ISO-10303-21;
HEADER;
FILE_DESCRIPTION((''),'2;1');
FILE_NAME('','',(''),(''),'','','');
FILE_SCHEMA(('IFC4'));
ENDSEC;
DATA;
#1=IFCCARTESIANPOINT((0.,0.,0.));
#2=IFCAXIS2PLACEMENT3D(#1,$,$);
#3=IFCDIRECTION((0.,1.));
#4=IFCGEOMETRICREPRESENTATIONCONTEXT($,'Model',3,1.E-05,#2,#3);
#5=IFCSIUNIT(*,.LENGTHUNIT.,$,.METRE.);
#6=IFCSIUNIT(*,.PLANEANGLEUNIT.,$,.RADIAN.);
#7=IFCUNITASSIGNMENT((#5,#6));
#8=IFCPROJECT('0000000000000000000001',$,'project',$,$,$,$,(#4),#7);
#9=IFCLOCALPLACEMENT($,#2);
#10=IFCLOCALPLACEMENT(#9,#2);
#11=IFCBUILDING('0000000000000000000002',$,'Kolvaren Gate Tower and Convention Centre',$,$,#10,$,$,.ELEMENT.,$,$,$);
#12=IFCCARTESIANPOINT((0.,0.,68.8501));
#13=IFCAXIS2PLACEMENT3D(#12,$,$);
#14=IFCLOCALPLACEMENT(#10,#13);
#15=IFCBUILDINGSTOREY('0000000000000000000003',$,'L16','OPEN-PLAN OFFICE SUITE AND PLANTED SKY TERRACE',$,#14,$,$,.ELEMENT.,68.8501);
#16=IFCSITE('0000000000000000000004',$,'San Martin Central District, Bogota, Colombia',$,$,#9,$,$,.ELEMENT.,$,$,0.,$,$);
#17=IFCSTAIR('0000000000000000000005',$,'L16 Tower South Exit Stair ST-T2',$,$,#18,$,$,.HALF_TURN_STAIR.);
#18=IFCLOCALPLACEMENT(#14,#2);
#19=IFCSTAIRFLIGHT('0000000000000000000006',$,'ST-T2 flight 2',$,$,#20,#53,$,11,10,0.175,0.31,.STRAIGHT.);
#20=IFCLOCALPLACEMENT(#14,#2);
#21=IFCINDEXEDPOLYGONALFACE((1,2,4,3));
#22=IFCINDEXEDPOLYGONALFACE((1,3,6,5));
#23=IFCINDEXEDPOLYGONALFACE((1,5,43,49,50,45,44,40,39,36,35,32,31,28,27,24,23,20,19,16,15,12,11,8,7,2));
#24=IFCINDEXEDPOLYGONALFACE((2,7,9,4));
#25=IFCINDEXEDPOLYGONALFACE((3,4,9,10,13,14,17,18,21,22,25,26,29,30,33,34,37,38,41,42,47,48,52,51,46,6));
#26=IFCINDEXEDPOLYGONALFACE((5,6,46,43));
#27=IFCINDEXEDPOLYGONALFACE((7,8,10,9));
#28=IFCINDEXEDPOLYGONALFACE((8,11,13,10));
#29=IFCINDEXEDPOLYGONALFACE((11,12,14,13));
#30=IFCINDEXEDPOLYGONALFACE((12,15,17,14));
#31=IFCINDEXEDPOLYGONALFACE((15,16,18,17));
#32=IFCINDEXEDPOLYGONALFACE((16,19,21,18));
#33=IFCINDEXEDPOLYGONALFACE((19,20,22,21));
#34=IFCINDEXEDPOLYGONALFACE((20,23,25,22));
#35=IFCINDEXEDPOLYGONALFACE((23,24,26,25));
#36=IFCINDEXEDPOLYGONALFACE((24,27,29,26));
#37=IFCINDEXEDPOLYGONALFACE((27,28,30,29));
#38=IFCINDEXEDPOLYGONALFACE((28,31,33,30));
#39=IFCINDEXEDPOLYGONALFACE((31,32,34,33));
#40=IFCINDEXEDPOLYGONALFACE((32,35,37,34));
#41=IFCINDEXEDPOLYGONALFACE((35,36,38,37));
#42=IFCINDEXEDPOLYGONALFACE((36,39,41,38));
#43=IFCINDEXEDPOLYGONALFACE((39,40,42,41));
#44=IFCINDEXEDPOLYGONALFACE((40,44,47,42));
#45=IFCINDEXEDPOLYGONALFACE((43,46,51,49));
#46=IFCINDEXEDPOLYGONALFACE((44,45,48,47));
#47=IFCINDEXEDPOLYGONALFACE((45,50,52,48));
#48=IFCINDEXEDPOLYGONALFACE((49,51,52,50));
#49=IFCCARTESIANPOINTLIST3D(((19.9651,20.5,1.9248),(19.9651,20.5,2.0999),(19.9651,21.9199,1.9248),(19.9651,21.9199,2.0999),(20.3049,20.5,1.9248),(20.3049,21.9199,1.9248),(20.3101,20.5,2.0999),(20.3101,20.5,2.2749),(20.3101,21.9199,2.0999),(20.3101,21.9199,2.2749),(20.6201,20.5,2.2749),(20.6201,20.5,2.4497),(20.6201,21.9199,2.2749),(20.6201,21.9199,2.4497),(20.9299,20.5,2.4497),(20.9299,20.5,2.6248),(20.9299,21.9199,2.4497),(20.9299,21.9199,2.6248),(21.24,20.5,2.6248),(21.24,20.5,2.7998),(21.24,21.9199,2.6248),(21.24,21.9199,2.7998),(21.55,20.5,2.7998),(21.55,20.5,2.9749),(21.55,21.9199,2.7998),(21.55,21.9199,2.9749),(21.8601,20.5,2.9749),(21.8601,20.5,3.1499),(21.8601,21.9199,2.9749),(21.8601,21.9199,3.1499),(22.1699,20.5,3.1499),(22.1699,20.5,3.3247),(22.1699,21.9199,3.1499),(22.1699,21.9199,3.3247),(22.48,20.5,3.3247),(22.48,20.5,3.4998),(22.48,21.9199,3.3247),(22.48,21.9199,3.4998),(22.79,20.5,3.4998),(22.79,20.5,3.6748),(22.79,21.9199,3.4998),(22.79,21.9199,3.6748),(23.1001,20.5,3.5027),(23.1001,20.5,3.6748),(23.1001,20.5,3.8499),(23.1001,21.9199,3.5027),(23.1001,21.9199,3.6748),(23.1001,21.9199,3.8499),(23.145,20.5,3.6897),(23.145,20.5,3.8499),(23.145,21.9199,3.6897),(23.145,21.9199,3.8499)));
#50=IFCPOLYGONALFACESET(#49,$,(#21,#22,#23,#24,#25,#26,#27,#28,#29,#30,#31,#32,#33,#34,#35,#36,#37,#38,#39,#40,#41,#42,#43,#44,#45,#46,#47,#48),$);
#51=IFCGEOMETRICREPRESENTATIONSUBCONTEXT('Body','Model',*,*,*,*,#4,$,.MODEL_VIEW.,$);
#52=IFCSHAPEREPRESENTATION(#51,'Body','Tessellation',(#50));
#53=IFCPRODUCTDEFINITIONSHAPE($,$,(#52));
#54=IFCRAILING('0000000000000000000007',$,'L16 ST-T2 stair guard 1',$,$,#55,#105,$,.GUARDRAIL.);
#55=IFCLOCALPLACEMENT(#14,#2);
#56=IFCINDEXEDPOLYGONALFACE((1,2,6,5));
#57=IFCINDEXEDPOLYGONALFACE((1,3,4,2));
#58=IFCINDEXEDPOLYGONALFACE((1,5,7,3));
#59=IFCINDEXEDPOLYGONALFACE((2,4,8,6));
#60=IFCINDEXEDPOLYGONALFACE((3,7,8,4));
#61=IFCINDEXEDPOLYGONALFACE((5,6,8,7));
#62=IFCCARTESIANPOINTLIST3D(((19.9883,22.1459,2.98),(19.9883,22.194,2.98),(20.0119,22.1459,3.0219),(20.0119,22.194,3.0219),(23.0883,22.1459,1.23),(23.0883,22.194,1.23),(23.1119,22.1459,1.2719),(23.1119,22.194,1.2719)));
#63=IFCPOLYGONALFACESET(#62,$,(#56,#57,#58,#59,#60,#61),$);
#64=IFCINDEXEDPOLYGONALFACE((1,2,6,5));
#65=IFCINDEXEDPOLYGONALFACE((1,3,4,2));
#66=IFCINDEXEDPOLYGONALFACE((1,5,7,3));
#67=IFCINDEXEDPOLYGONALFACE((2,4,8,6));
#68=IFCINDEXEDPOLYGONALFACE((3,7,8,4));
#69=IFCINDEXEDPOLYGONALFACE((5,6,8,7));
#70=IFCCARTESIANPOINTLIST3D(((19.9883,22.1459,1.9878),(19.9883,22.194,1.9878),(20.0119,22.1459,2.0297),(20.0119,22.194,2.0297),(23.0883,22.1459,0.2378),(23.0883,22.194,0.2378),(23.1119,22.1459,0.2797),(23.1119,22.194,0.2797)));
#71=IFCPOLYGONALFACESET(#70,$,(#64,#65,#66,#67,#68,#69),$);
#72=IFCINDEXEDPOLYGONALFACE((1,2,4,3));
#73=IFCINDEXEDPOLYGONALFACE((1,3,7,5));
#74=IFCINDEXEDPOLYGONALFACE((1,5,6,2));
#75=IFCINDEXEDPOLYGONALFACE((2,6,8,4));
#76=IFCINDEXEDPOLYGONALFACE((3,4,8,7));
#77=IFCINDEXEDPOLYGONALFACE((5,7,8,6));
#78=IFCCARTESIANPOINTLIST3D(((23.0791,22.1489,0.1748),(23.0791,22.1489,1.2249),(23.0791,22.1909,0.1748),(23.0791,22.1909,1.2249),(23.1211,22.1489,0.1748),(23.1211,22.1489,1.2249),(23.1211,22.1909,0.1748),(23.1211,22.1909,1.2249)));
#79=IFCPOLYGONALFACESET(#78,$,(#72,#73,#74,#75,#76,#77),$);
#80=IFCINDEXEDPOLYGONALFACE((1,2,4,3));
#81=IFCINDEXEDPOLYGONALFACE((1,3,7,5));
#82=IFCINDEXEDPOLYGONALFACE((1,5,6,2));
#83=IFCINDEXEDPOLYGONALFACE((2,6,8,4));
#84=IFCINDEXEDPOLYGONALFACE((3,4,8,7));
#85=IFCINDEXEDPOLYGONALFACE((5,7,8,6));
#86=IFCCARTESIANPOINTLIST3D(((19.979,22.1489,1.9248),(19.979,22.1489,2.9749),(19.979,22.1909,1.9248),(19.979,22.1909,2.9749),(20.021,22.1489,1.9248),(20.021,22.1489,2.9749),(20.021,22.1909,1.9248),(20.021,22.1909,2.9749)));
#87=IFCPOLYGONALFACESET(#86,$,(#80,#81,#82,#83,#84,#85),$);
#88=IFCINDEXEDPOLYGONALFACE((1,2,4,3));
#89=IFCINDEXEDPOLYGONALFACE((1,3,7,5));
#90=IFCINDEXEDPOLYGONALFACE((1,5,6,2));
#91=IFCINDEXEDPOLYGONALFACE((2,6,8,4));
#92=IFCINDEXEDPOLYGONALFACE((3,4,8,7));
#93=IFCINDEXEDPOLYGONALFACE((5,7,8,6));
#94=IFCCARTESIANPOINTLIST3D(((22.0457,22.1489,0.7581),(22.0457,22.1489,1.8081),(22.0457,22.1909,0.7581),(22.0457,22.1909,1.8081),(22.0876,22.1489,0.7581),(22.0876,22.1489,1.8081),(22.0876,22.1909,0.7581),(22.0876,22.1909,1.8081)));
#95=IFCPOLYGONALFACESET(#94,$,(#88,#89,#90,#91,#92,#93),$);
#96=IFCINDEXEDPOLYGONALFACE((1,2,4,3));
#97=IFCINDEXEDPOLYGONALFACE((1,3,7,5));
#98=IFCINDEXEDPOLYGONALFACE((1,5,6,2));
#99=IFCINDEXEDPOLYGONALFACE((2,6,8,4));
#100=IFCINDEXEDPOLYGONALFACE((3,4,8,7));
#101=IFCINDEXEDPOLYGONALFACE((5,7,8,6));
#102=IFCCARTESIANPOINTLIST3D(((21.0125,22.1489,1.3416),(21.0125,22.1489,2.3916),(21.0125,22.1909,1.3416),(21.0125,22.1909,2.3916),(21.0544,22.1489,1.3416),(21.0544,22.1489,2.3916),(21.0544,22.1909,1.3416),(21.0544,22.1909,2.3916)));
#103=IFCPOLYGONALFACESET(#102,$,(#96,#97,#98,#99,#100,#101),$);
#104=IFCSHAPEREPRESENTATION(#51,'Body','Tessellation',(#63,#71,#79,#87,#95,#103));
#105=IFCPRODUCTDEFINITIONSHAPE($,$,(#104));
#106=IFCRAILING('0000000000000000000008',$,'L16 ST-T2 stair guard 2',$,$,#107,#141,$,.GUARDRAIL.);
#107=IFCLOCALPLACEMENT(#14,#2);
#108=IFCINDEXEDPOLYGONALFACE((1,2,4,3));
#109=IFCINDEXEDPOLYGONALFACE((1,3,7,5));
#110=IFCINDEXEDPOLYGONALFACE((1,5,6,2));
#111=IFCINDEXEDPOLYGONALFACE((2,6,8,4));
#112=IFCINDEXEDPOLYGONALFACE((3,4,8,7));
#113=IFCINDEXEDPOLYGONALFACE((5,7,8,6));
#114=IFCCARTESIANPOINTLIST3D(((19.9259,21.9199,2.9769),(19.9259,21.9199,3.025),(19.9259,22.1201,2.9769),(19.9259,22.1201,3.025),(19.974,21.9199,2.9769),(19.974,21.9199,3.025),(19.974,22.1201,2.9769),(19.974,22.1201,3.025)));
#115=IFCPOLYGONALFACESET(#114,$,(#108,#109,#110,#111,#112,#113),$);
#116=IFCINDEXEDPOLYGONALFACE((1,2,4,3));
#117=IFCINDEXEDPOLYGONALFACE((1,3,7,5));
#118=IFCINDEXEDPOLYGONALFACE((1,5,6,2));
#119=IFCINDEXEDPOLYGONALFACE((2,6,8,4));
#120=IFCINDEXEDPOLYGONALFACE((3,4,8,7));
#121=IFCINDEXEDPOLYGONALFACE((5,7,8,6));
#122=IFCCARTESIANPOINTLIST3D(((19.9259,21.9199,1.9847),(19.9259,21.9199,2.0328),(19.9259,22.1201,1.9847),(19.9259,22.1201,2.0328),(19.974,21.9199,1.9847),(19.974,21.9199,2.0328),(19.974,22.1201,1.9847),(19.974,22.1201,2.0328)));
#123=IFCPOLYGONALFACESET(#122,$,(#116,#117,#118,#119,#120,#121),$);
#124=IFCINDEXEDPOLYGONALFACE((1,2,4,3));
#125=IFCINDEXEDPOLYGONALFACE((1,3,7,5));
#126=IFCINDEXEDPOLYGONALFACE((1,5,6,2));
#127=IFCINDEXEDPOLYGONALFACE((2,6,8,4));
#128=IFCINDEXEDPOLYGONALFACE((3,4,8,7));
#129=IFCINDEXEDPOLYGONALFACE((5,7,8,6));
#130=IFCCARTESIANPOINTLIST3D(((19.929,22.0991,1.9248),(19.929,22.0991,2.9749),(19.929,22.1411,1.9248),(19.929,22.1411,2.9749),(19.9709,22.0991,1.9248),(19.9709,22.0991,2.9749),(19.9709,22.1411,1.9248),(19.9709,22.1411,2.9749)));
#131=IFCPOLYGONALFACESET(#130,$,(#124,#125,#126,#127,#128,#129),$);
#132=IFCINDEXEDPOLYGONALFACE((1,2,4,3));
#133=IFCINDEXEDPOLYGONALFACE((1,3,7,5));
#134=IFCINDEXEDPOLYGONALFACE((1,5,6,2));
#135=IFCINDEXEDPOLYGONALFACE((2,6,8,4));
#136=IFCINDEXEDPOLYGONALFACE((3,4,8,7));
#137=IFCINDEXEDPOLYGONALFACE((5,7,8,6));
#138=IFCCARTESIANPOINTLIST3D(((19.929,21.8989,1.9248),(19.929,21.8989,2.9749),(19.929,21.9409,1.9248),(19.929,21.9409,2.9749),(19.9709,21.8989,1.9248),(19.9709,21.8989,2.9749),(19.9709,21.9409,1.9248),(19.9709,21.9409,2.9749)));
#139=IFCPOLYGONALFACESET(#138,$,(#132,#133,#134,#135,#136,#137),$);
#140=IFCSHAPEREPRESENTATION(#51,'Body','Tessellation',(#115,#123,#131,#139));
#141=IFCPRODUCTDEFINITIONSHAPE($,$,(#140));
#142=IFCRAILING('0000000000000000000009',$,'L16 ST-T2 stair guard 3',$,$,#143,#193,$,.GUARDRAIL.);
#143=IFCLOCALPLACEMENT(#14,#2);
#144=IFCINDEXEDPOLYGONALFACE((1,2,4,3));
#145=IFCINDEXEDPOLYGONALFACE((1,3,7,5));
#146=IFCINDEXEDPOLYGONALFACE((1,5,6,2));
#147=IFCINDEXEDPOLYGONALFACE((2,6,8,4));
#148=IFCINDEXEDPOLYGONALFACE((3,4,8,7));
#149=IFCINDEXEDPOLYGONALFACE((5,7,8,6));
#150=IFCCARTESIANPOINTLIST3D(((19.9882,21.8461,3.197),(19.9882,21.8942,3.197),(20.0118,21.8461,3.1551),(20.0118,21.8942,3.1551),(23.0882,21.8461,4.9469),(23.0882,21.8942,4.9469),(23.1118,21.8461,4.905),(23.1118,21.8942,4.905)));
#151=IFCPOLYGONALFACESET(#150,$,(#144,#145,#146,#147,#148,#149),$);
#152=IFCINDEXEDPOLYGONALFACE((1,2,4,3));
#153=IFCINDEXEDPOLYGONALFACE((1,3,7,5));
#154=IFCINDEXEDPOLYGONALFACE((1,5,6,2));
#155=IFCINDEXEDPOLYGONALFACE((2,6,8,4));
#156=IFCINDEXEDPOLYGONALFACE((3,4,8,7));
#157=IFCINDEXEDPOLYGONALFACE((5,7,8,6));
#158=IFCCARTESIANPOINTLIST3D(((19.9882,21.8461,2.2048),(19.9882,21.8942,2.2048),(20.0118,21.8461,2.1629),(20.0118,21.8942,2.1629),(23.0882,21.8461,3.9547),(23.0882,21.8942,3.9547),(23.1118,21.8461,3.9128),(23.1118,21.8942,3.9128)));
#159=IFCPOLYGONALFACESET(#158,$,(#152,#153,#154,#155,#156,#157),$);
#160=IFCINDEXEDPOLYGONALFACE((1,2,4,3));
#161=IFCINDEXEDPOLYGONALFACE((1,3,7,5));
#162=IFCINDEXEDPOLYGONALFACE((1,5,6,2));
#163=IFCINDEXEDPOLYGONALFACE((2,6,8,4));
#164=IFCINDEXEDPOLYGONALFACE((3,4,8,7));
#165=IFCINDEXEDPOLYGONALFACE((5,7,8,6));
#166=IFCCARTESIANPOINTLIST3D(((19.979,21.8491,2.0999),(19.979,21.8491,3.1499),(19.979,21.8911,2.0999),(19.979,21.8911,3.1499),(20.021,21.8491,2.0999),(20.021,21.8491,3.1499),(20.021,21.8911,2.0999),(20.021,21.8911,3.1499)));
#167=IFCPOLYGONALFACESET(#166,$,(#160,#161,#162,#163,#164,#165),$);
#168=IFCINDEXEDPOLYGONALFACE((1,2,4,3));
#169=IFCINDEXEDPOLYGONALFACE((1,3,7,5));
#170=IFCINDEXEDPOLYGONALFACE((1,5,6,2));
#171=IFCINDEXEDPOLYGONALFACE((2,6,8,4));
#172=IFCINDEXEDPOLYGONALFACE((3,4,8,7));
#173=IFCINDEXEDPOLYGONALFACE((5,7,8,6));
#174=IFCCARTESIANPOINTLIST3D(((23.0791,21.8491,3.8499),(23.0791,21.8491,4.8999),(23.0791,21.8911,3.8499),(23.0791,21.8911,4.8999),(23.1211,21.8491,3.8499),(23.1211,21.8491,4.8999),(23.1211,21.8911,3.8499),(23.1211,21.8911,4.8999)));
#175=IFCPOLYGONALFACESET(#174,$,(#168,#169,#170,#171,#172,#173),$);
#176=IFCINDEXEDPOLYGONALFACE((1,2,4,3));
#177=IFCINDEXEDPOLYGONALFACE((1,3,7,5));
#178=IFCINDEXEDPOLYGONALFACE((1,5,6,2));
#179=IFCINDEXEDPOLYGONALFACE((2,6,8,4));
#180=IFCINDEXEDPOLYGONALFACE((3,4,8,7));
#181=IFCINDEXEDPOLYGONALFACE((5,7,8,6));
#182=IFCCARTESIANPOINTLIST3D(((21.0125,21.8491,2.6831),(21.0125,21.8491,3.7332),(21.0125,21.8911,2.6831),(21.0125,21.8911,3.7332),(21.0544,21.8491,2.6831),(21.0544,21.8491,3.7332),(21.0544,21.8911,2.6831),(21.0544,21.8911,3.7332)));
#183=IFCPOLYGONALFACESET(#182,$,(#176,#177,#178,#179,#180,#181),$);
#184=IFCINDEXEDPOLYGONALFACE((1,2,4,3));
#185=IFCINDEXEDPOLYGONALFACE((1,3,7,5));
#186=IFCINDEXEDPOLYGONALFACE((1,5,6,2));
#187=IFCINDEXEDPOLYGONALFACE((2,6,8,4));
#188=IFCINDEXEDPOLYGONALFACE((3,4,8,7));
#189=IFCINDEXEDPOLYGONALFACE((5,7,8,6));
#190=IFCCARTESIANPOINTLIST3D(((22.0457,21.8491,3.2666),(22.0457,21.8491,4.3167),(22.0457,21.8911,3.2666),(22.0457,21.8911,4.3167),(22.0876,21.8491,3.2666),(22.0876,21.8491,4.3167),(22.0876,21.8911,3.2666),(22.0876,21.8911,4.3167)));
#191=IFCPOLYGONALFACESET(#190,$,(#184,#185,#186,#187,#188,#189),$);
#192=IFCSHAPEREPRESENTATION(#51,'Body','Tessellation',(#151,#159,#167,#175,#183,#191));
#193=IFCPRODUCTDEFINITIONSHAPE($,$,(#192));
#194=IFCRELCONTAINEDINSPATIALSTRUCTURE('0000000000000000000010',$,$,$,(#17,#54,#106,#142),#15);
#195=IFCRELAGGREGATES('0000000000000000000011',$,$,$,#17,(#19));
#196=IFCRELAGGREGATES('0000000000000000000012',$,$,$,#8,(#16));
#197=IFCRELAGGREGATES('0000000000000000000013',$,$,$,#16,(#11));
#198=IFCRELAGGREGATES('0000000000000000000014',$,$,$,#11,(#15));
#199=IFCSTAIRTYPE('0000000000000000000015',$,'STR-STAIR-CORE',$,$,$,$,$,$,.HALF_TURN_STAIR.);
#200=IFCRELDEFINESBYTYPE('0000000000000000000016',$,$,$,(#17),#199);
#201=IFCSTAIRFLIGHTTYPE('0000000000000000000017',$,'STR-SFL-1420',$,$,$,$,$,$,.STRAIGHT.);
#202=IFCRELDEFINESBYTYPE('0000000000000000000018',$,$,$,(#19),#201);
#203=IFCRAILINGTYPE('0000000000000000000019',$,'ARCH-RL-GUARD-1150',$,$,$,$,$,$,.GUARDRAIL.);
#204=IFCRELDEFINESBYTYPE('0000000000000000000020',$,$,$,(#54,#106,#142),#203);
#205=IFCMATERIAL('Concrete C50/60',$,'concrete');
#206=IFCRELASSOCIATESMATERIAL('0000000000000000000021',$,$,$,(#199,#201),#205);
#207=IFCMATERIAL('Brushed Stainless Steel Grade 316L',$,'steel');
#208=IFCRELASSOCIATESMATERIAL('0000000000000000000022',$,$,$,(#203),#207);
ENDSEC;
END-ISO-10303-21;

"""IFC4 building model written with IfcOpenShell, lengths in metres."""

from ifc_helpers import new_model, si_unit, direction, frame, origin, origin_2d, place, context, subcontext, project, spatial, polyline, rectangle, outline, extrude, material, type_object, element, aggregate, save


model = new_model("IFC4")

# Units and contexts
model_context = context("Model", 3, precision=1e-05, world=origin(), true_north=direction((0.0, 1.0)))
body_context = subcontext(model_context, "Body", "Model", "MODEL_VIEW")
ifc_project = project(units=[si_unit("LENGTHUNIT", "METRE"), si_unit("PLANEANGLEUNIT", "RADIAN")], contexts=[model_context])

# Site, building, storey
site_placement = place(None, origin())
site = spatial("IfcSite", under=ifc_project, at=site_placement, Name="San Martin Central District, Bogota, Colombia", CompositionType="ELEMENT", RefElevation=0.0)
building_placement = place(site_placement, origin())
building = spatial("IfcBuilding", under=site, at=building_placement, Name="Kolvaren Gate Tower and Convention Centre", CompositionType="ELEMENT")
storey_placement = place(building_placement, frame((0.0, 0.0, 68.8501)))
storey = spatial("IfcBuildingStorey", under=building, at=storey_placement, Name="L16", Description="OPEN-PLAN OFFICE SUITE AND PLANTED SKY TERRACE", CompositionType="ELEMENT", Elevation=68.8501)

# Shared definitions
ifc_material_1 = material(Name="Brushed Stainless Steel Grade 316L", Category="steel")

# Stair, stair flight
ifc_material_2 = material(Name="Concrete C50/60", Category="concrete")
stair_type = type_object("IfcStairType", Name="STR-STAIR-CORE", PredefinedType="HALF_TURN_STAIR", material=ifc_material_2)
stair_placement = place(storey_placement, origin())
stair = element("IfcStair", 1, at=stair_placement, inside=storey, type_object=stair_type, Name="L16 Tower South Exit Stair ST-T2", PredefinedType="HALF_TURN_STAIR")
stair_flight_type = type_object("IfcStairFlightType", Name="STR-SFL-1420", PredefinedType="STRAIGHT", material=ifc_material_2)
stair_flight_placement = place(storey_placement, frame((20.0, 21.21, 1.9248), z_axis=(0.0, 0.0, 1.0), x_axis=(1.0, 0.0, 0.0)))
stair_flight = element("IfcStairFlight", 2, at=stair_flight_placement, type_object=stair_flight_type, Name="ST-T2 flight 2", NumberOfRisers=11, NumberOfTreads=10, PredefinedType="STRAIGHT", RiserHeight=0.175, TreadLength=0.31, context=body_context, shape_type="SweptSolid", body=[
    extrude(outline(polyline([(-0.0349, 0.0), (-0.0349, 0.175), (0.3101, 0.175), (0.3101, 0.3501), (0.6201, 0.3501), (0.6201, 0.5249), (0.9299, 0.5249), (0.9299, 0.7), (1.24, 0.7), (1.24, 0.875), (1.55, 0.875), (1.55, 1.05), (1.8601, 1.05), (1.8601, 1.2251), (2.1699, 1.2251), (2.1699, 1.3999), (2.48, 1.3999), (2.48, 1.575), (2.79, 1.575), (2.79, 1.75), (3.1001, 1.75), (3.1001, 1.925), (3.145, 1.925), (3.145, 1.7649), (3.1001, 1.5779), (0.3049, 0.0), (-0.0349, 0.0)])), frame((0.0, 0.71, 0.0), z_axis=(0.0, -1.0, 0.0), x_axis=(1.0, 0.0, 0.0)), (0.0, 0.0, 1.0), 1.4199),
])
aggregate(stair, [stair_flight])

# Railings
railing_type_1 = type_object("IfcRailingType", Name="ARCH-RL-GUARD-1150", PredefinedType="GUARDRAIL", material=ifc_material_1)
railing_1_placement = place(storey_placement, frame((23.1001, 22.1699, 0.1748)))
element("IfcRailing", 3, at=railing_1_placement, inside=storey, type_object=railing_type_1, Name="L16 ST-T2 stair guard 1", PredefinedType="GUARDRAIL", context=body_context, shape_type="SweptSolid", body=[
    extrude(rectangle(XDim=0.0481, YDim=0.0481, at=origin_2d()), frame((0.0, 0.0, 1.0762), z_axis=(-0.870831, 0.0, 0.491583), x_axis=(0.0, -1.0, 0.0)), (0.0, 0.0, 1.0), 3.5598),
    extrude(rectangle(XDim=0.0481, YDim=0.0481, at=origin_2d()), frame((0.0, 0.0, 0.084), z_axis=(-0.870831, 0.0, 0.491583), x_axis=(0.0, -1.0, 0.0)), (0.0, 0.0, 1.0), 3.5598),
    extrude(rectangle(XDim=0.042, YDim=0.042, at=origin_2d()), origin(), (0.0, 0.0, 1.0), 1.05),
    extrude(rectangle(XDim=0.042, YDim=0.042, at=origin_2d()), frame((-3.1001, 0.0, 1.75)), (0.0, 0.0, 1.0), 1.05),
    extrude(rectangle(XDim=0.042, YDim=0.042, at=origin_2d()), frame((-1.0334, 0.0, 0.5833)), (0.0, 0.0, 1.0), 1.05),
    extrude(rectangle(XDim=0.042, YDim=0.042, at=origin_2d()), frame((-2.0667, 0.0, 1.1667)), (0.0, 0.0, 1.0), 1.05),
])
railing_2_placement = place(storey_placement, frame((19.95, 22.1201, 1.9248)))
element("IfcRailing", 4, at=railing_2_placement, inside=storey, type_object=railing_type_1, Name="L16 ST-T2 stair guard 2", PredefinedType="GUARDRAIL", context=body_context, shape_type="SweptSolid", body=[
    extrude(rectangle(XDim=0.0481, YDim=0.0481, at=origin_2d()), frame((0.0, 0.0, 1.0762), z_axis=(0.0, -1.0, 0.0), x_axis=(1.0, 0.0, 0.0)), (0.0, 0.0, 1.0), 0.2002),
    extrude(rectangle(XDim=0.0481, YDim=0.0481, at=origin_2d()), frame((0.0, 0.0, 0.084), z_axis=(0.0, -1.0, 0.0), x_axis=(1.0, 0.0, 0.0)), (0.0, 0.0, 1.0), 0.2002),
    extrude(rectangle(XDim=0.042, YDim=0.042, at=origin_2d()), origin(), (0.0, 0.0, 1.0), 1.05),
    extrude(rectangle(XDim=0.042, YDim=0.042, at=origin_2d()), frame((0.0, -0.2002, 0.0)), (0.0, 0.0, 1.0), 1.05),
])
railing_3_placement = place(storey_placement, frame((20.0, 21.8701, 2.0999)))
element("IfcRailing", 5, at=railing_3_placement, inside=storey, type_object=railing_type_1, Name="L16 ST-T2 stair guard 3", PredefinedType="GUARDRAIL", context=body_context, shape_type="SweptSolid", body=[
    extrude(rectangle(XDim=0.0481, YDim=0.0481, at=origin_2d()), frame((0.0, 0.0, 1.0762), z_axis=(0.870831, 0.0, 0.491583), x_axis=(0.0, 1.0, 0.0)), (0.0, 0.0, 1.0), 3.5598),
    extrude(rectangle(XDim=0.0481, YDim=0.0481, at=origin_2d()), frame((0.0, 0.0, 0.084), z_axis=(0.870831, 0.0, 0.491583), x_axis=(0.0, 1.0, 0.0)), (0.0, 0.0, 1.0), 3.5598),
    extrude(rectangle(XDim=0.042, YDim=0.042, at=origin_2d()), origin(), (0.0, 0.0, 1.0), 1.05),
    extrude(rectangle(XDim=0.042, YDim=0.042, at=origin_2d()), frame((3.1001, 0.0, 1.75)), (0.0, 0.0, 1.0), 1.05),
    extrude(rectangle(XDim=0.042, YDim=0.042, at=origin_2d()), frame((1.0334, 0.0, 0.5833)), (0.0, 0.0, 1.0), 1.05),
    extrude(rectangle(XDim=0.042, YDim=0.042, at=origin_2d()), frame((2.0667, 0.0, 1.1667)), (0.0, 0.0, 1.0), 1.05),
])

save(model, "model.ifc")
